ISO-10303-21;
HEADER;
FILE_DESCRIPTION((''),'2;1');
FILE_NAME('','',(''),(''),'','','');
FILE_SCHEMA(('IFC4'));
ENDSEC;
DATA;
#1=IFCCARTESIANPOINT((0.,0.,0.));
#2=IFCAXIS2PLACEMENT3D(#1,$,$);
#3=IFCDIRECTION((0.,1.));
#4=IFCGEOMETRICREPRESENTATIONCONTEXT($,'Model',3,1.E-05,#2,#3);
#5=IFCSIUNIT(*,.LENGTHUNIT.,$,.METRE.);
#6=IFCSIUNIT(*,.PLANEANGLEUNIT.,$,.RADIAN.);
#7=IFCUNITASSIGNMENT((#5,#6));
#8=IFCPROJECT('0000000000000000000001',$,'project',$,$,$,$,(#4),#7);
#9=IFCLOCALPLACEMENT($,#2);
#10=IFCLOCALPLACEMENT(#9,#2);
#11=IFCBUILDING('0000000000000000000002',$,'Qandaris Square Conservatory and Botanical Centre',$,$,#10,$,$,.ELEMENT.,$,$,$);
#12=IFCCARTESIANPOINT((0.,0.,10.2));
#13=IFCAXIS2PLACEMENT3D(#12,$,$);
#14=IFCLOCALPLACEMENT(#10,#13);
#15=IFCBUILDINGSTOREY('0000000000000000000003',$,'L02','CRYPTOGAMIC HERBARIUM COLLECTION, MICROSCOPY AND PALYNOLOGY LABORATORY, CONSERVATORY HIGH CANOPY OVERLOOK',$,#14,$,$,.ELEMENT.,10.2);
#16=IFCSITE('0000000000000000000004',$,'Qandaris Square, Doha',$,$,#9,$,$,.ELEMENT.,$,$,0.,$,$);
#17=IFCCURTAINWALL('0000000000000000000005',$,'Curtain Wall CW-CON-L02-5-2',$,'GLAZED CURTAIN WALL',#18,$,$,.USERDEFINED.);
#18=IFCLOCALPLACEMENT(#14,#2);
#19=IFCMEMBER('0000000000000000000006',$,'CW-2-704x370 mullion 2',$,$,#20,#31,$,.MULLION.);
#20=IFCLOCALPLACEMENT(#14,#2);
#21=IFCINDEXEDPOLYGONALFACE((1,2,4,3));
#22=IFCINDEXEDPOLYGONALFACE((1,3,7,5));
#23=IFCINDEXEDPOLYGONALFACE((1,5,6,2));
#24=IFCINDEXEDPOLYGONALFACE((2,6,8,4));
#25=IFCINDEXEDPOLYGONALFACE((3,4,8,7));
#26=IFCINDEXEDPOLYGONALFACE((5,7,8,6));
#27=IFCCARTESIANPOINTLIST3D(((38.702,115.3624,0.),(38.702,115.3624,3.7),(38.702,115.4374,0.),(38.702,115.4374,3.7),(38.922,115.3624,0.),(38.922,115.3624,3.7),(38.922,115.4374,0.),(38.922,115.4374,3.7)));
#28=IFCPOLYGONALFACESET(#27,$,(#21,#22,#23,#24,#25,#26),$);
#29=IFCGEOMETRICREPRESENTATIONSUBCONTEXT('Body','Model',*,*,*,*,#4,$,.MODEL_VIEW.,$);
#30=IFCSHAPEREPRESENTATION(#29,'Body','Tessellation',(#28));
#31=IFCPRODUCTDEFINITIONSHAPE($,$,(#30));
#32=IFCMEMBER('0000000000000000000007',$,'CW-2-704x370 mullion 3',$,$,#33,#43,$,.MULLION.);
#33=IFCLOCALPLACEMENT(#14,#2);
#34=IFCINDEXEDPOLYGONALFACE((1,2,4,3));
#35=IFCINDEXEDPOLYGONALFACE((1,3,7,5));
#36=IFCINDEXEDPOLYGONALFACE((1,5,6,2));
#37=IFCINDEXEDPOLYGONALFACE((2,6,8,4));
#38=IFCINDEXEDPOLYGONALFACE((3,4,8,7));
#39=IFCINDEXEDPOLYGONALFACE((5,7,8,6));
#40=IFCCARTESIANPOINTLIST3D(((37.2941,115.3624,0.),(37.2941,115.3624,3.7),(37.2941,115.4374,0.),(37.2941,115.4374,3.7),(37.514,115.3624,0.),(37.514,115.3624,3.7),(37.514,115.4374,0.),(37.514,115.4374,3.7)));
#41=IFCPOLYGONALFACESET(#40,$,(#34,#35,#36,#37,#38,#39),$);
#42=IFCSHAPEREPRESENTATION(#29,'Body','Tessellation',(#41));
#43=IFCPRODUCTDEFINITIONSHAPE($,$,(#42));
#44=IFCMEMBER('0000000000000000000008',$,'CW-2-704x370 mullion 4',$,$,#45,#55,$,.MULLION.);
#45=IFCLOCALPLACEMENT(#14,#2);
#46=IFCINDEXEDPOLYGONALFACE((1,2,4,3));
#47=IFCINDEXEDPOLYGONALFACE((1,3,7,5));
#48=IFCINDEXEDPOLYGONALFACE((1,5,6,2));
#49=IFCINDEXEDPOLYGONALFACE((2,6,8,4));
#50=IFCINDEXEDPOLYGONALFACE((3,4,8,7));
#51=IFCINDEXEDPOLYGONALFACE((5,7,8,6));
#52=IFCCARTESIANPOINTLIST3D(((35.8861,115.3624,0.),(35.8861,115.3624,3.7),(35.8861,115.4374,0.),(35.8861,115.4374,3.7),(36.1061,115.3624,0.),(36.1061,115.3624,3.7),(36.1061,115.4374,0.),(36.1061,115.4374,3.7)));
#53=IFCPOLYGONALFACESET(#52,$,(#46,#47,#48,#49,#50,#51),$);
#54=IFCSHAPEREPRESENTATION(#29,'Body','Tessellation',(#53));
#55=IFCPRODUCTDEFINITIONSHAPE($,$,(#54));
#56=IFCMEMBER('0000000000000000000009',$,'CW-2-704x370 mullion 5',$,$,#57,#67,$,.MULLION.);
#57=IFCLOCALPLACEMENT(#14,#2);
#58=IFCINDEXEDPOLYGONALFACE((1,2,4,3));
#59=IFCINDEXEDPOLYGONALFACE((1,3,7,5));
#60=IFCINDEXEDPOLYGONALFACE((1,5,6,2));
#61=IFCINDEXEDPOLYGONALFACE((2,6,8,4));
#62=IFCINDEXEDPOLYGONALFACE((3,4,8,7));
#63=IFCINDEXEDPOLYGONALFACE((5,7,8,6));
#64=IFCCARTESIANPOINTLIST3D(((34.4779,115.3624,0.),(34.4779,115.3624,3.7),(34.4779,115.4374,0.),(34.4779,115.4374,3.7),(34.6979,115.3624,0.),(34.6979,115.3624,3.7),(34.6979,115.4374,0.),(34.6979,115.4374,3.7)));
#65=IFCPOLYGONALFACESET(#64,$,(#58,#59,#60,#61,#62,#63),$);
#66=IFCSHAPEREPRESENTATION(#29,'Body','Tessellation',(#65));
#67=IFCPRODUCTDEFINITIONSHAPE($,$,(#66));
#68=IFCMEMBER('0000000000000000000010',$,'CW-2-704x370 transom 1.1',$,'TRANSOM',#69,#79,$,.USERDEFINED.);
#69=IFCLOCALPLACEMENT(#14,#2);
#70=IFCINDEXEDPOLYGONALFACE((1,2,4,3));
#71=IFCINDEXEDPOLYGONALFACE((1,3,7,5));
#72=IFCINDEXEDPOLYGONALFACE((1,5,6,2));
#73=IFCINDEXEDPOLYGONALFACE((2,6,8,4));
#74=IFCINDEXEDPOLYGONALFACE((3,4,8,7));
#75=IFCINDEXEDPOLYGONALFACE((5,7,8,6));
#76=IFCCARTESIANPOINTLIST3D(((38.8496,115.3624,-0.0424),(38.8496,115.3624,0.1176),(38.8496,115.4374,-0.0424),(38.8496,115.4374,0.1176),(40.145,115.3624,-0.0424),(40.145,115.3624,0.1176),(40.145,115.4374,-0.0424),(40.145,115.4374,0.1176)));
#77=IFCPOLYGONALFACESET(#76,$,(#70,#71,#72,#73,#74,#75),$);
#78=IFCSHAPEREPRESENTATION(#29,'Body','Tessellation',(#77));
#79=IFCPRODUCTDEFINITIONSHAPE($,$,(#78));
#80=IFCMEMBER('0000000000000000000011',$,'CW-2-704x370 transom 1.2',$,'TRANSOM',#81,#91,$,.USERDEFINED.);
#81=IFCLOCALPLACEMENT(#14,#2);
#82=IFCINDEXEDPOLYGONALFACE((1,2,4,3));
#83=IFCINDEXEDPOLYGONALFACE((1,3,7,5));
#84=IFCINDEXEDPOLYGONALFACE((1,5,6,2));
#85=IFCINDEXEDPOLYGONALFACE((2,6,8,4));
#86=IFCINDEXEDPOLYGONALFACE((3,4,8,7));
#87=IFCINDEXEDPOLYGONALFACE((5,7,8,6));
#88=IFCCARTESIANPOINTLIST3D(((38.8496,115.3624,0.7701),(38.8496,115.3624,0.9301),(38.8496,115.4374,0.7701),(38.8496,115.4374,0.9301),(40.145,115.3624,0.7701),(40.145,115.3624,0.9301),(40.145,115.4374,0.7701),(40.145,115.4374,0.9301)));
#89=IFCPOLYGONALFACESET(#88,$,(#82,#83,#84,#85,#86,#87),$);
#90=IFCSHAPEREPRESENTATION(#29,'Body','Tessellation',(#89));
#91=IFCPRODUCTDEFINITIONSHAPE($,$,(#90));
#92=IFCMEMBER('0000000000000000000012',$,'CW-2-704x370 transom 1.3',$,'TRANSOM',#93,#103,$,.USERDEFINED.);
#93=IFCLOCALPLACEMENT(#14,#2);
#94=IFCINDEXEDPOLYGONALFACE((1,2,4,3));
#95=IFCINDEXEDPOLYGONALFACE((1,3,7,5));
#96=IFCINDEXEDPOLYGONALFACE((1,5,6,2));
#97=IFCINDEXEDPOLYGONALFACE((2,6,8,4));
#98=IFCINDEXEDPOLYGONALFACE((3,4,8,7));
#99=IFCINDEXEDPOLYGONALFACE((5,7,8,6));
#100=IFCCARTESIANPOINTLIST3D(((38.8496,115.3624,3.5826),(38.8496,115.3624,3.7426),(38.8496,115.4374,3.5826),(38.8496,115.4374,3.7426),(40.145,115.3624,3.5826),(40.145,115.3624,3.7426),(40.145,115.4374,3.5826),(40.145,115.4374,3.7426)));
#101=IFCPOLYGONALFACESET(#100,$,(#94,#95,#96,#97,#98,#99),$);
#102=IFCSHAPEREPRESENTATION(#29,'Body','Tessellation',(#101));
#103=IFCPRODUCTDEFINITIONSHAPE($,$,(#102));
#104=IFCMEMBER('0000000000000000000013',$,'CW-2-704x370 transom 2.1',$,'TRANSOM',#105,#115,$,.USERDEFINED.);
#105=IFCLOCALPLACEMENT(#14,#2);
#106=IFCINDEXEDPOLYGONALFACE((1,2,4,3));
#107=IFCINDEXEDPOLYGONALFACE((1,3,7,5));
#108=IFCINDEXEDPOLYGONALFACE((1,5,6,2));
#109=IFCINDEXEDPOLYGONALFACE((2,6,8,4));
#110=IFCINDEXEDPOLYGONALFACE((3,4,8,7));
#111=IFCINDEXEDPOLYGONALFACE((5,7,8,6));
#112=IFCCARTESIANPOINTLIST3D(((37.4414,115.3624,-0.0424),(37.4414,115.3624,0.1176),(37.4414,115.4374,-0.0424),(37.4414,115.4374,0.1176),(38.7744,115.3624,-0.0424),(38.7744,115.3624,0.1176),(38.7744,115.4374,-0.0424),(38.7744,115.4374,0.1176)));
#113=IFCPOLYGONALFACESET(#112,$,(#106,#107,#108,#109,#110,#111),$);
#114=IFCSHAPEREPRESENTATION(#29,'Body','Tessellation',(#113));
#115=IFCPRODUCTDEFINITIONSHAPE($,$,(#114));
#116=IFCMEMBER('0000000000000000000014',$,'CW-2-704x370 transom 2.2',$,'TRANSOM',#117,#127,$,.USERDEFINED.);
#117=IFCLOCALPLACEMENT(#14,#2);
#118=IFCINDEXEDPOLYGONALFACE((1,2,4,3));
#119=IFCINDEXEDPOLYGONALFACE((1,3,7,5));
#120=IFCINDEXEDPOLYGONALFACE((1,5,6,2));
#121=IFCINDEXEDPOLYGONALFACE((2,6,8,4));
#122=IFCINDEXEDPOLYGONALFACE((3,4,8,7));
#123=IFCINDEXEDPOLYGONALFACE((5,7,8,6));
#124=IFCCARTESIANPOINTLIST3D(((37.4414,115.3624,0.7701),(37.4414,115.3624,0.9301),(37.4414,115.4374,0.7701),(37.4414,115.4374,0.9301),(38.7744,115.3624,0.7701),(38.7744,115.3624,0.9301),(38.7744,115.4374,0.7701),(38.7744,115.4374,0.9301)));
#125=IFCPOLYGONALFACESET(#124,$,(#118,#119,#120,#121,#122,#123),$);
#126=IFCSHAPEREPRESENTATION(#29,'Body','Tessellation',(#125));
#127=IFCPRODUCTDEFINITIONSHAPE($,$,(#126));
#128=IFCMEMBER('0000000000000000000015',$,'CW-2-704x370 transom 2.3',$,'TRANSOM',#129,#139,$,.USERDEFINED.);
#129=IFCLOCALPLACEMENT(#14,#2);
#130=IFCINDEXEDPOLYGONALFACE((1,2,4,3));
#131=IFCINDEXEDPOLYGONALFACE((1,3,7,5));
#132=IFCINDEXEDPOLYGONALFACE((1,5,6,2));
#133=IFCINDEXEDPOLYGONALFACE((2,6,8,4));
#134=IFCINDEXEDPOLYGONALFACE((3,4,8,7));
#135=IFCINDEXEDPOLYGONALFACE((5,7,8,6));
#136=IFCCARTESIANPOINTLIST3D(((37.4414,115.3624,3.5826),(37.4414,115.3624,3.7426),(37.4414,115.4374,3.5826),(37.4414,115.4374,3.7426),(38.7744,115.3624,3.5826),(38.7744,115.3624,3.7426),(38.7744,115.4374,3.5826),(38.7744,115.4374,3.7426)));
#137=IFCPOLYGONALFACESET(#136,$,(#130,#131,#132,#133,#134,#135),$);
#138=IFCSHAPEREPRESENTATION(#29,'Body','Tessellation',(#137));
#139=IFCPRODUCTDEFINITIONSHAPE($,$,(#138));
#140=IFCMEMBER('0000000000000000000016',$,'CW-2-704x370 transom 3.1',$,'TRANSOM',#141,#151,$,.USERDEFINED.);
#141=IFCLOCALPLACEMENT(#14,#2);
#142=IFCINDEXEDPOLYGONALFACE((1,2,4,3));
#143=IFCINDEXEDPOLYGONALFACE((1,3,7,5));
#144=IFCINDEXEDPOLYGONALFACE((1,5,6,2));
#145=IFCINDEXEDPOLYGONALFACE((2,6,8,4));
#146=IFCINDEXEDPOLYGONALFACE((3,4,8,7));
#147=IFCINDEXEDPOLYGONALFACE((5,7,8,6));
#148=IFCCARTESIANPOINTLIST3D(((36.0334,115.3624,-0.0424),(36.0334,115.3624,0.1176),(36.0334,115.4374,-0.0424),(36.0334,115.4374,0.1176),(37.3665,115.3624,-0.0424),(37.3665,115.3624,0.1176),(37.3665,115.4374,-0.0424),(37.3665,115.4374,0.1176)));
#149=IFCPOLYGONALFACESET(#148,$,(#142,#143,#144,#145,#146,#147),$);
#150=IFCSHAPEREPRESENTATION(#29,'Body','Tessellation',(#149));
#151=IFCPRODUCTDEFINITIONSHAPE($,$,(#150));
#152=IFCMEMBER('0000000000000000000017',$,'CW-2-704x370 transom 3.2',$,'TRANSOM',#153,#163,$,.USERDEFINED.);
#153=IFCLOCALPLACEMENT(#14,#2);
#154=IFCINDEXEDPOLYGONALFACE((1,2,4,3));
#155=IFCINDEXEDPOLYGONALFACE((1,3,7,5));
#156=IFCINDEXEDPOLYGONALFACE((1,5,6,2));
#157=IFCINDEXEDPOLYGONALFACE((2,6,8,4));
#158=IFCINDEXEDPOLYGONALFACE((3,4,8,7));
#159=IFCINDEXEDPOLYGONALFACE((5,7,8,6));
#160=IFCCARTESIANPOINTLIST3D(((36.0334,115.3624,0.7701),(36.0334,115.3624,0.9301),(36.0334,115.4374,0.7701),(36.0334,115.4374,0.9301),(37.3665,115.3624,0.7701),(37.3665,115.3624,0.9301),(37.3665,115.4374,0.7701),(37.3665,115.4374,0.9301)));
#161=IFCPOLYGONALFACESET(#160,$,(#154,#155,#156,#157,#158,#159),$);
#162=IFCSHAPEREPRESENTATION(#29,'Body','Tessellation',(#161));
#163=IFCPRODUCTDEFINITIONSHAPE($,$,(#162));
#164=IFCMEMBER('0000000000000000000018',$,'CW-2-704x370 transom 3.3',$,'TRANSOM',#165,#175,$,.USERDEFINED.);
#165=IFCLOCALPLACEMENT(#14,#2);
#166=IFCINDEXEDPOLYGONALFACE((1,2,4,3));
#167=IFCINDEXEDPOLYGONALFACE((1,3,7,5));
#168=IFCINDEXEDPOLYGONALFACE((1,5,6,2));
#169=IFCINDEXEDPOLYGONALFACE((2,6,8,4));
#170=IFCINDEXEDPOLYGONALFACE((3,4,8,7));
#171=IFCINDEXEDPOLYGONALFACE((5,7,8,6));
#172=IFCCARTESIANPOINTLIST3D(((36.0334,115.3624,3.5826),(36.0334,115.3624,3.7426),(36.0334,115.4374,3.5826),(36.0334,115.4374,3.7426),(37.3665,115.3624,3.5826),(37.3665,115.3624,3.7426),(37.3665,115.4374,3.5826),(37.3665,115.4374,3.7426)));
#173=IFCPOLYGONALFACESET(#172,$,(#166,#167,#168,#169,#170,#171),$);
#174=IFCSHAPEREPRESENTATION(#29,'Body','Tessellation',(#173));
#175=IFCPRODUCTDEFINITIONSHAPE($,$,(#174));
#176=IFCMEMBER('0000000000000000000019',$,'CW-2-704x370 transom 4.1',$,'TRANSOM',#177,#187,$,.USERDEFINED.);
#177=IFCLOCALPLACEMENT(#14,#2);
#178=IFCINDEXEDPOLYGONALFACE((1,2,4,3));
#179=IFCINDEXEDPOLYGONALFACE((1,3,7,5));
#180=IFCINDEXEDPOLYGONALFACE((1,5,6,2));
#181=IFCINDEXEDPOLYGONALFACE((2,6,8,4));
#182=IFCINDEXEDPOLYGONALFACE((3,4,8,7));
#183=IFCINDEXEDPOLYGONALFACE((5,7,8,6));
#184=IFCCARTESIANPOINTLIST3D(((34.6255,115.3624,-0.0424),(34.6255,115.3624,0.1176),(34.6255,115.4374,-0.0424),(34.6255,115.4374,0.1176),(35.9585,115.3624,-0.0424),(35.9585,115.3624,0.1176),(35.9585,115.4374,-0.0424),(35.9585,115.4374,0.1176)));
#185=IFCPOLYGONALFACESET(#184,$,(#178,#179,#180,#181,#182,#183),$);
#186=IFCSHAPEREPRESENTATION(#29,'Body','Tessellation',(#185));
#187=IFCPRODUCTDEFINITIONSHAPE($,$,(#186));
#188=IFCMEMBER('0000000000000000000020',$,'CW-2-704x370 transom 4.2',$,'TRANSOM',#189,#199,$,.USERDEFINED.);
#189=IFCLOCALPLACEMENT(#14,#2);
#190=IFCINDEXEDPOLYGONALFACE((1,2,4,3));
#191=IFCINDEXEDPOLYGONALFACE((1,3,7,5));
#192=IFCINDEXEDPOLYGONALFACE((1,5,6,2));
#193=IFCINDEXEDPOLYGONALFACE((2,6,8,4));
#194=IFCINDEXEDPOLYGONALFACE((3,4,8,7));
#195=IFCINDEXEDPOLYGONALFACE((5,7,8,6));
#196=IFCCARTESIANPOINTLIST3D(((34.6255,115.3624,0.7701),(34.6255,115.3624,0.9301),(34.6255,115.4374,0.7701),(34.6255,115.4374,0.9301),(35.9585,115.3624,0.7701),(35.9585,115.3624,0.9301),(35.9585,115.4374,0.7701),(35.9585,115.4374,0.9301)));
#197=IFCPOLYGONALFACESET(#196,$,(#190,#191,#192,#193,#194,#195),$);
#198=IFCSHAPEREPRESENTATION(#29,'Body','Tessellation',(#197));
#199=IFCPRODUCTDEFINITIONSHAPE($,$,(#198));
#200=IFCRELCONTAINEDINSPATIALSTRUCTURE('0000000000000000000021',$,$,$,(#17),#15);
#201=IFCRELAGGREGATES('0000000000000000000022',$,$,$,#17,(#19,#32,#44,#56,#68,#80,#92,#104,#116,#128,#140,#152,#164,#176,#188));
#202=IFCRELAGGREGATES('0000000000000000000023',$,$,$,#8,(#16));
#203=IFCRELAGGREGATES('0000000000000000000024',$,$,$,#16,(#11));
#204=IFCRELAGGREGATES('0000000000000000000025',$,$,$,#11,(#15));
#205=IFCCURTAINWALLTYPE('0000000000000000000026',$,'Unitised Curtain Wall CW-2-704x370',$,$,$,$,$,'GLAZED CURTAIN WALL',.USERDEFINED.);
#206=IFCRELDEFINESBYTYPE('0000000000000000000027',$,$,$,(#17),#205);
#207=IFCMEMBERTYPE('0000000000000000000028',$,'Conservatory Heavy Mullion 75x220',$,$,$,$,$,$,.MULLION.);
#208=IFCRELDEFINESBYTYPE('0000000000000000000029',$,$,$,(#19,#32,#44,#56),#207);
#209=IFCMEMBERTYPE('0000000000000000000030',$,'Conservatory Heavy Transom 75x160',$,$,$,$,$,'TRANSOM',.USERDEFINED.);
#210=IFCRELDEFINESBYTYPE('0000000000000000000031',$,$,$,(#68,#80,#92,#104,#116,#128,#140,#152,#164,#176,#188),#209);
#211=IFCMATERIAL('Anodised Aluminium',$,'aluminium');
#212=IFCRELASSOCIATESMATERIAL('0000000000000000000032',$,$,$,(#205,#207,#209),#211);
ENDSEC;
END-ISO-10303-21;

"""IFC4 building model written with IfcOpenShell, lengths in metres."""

from ifc_helpers import new_model, si_unit, direction, frame, origin, origin_2d, place, context, subcontext, project, spatial, rectangle, extrude, material, material_profile, profile_set, type_object, element, aggregate, save


model = new_model("IFC4")

# Units and contexts
model_context = context("Model", 3, precision=1e-05, world=origin(), true_north=direction((0.0, 1.0)))
body_context = subcontext(model_context, "Body", "Model", "MODEL_VIEW")
ifc_project = project(units=[si_unit("LENGTHUNIT", "METRE"), si_unit("PLANEANGLEUNIT", "RADIAN")], contexts=[model_context])

# Site, building, storey
site_placement = place(None, origin())
site = spatial("IfcSite", under=ifc_project, at=site_placement, Name="Qandaris Square, Doha", CompositionType="ELEMENT", RefElevation=0.0)
building_placement = place(site_placement, origin())
building = spatial("IfcBuilding", under=site, at=building_placement, Name="Qandaris Square Conservatory and Botanical Centre", CompositionType="ELEMENT")
storey_placement = place(building_placement, frame((0.0, 0.0, 10.2)))
storey = spatial("IfcBuildingStorey", under=building, at=storey_placement, Name="L02", Description="CRYPTOGAMIC HERBARIUM COLLECTION, MICROSCOPY AND PALYNOLOGY LABORATORY, CONSERVATORY HIGH CANOPY OVERLOOK", CompositionType="ELEMENT", Elevation=10.2)

# Curtain wall, members
ifc_material_1 = material(Name="Anodised Aluminium", Category="aluminium")
curtain_wall_type = type_object("IfcCurtainWallType", Name="Unitised Curtain Wall CW-2-704x370", ElementType="GLAZED CURTAIN WALL", PredefinedType="USERDEFINED", material=ifc_material_1)
curtain_wall_placement = place(storey_placement, origin())
curtain_wall = element("IfcCurtainWall", 1, at=curtain_wall_placement, inside=storey, type_object=curtain_wall_type, Name="Curtain Wall CW-CON-L02-5-2", ObjectType="GLAZED CURTAIN WALL", PredefinedType="USERDEFINED")
ifc_material_profile_1 = material_profile(ifc_material_1, rectangle(XDim=0.075, YDim=0.22, at=origin_2d()), Name="ALU-MUL 75x220")
ifc_profile_set_1 = profile_set([ifc_material_profile_1], Name="Anodised Aluminium")
member_type_1 = type_object("IfcMemberType", Name="Conservatory Heavy Mullion 75x220", PredefinedType="MULLION", material=ifc_profile_set_1)
member_1_placement = place(storey_placement, frame((38.812, 115.3999, 0.0), z_axis=(0.0, 0.0, 1.0), x_axis=(0.0, -1.0, 0.0)))
member_1 = element("IfcMember", 2, at=member_1_placement, type_object=member_type_1, Name="CW-2-704x370 mullion 2", PredefinedType="MULLION", context=body_context, shape_type="SweptSolid", body=[
    extrude(rectangle(XDim=0.075, YDim=0.22, at=origin_2d()), origin(), (0.0, 0.0, 1.0), 3.7),
])
member_2_placement = place(storey_placement, frame((37.4041, 115.3999, 0.0), z_axis=(0.0, 0.0, 1.0), x_axis=(0.0, -1.0, 0.0)))
member_2 = element("IfcMember", 3, at=member_2_placement, type_object=member_type_1, Name="CW-2-704x370 mullion 3", PredefinedType="MULLION", context=body_context, shape_type="SweptSolid", body=[
    extrude(rectangle(XDim=0.075, YDim=0.22, at=origin_2d()), origin(), (0.0, 0.0, 1.0), 3.7),
])
member_3_placement = place(storey_placement, frame((35.9961, 115.3999, 0.0), z_axis=(0.0, 0.0, 1.0), x_axis=(0.0, -1.0, 0.0)))
member_3 = element("IfcMember", 4, at=member_3_placement, type_object=member_type_1, Name="CW-2-704x370 mullion 4", PredefinedType="MULLION", context=body_context, shape_type="SweptSolid", body=[
    extrude(rectangle(XDim=0.075, YDim=0.22, at=origin_2d()), origin(), (0.0, 0.0, 1.0), 3.7),
])
member_4_placement = place(storey_placement, frame((34.5879, 115.3999, 0.0), z_axis=(0.0, 0.0, 1.0), x_axis=(0.0, -1.0, 0.0)))
member_4 = element("IfcMember", 5, at=member_4_placement, type_object=member_type_1, Name="CW-2-704x370 mullion 5", PredefinedType="MULLION", context=body_context, shape_type="SweptSolid", body=[
    extrude(rectangle(XDim=0.075, YDim=0.22, at=origin_2d()), origin(), (0.0, 0.0, 1.0), 3.7),
])
ifc_material_profile_2 = material_profile(ifc_material_1, rectangle(XDim=0.075, YDim=0.1599, at=origin_2d()), Name="ALU-TRN 75x160")
ifc_profile_set_2 = profile_set([ifc_material_profile_2], Name="Anodised Aluminium")
member_type_2 = type_object("IfcMemberType", Name="Conservatory Heavy Transom 75x160", ElementType="TRANSOM", PredefinedType="USERDEFINED", material=ifc_profile_set_2)
member_5_placement = place(storey_placement, frame((40.145, 115.3999, 0.0376), z_axis=(-1.0, 0.0, 0.0), x_axis=(0.0, -1.0, 0.0)))
member_5 = element("IfcMember", 6, at=member_5_placement, type_object=member_type_2, Name="CW-2-704x370 transom 1.1", ObjectType="TRANSOM", PredefinedType="USERDEFINED", context=body_context, shape_type="SweptSolid", body=[
    extrude(rectangle(XDim=0.075, YDim=0.1599, at=origin_2d()), origin(), (0.0, 0.0, 1.0), 1.2954),
])
member_6_placement = place(storey_placement, frame((40.145, 115.3999, 0.8501), z_axis=(-1.0, 0.0, 0.0), x_axis=(0.0, -1.0, 0.0)))
member_6 = element("IfcMember", 7, at=member_6_placement, type_object=member_type_2, Name="CW-2-704x370 transom 1.2", ObjectType="TRANSOM", PredefinedType="USERDEFINED", context=body_context, shape_type="SweptSolid", body=[
    extrude(rectangle(XDim=0.075, YDim=0.1599, at=origin_2d()), origin(), (0.0, 0.0, 1.0), 1.2954),
])
member_7_placement = place(storey_placement, frame((40.145, 115.3999, 3.6626), z_axis=(-1.0, 0.0, 0.0), x_axis=(0.0, -1.0, 0.0)))
member_7 = element("IfcMember", 8, at=member_7_placement, type_object=member_type_2, Name="CW-2-704x370 transom 1.3", ObjectType="TRANSOM", PredefinedType="USERDEFINED", context=body_context, shape_type="SweptSolid", body=[
    extrude(rectangle(XDim=0.075, YDim=0.1599, at=origin_2d()), origin(), (0.0, 0.0, 1.0), 1.2954),
])
member_8_placement = place(storey_placement, frame((38.7744, 115.3999, 0.0376), z_axis=(-1.0, 0.0, 0.0), x_axis=(0.0, -1.0, 0.0)))
member_8 = element("IfcMember", 9, at=member_8_placement, type_object=member_type_2, Name="CW-2-704x370 transom 2.1", ObjectType="TRANSOM", PredefinedType="USERDEFINED", context=body_context, shape_type="SweptSolid", body=[
    extrude(rectangle(XDim=0.075, YDim=0.1599, at=origin_2d()), origin(), (0.0, 0.0, 1.0), 1.333),
])
member_9_placement = place(storey_placement, frame((38.7744, 115.3999, 0.8501), z_axis=(-1.0, 0.0, 0.0), x_axis=(0.0, -1.0, 0.0)))
member_9 = element("IfcMember", 10, at=member_9_placement, type_object=member_type_2, Name="CW-2-704x370 transom 2.2", ObjectType="TRANSOM", PredefinedType="USERDEFINED", context=body_context, shape_type="SweptSolid", body=[
    extrude(rectangle(XDim=0.075, YDim=0.1599, at=origin_2d()), origin(), (0.0, 0.0, 1.0), 1.333),
])
member_10_placement = place(storey_placement, frame((38.7744, 115.3999, 3.6626), z_axis=(-1.0, 0.0, 0.0), x_axis=(0.0, -1.0, 0.0)))
member_10 = element("IfcMember", 11, at=member_10_placement, type_object=member_type_2, Name="CW-2-704x370 transom 2.3", ObjectType="TRANSOM", PredefinedType="USERDEFINED", context=body_context, shape_type="SweptSolid", body=[
    extrude(rectangle(XDim=0.075, YDim=0.1599, at=origin_2d()), origin(), (0.0, 0.0, 1.0), 1.333),
])
member_11_placement = place(storey_placement, frame((37.3665, 115.3999, 0.0376), z_axis=(-1.0, 0.0, 0.0), x_axis=(0.0, -1.0, 0.0)))
member_11 = element("IfcMember", 12, at=member_11_placement, type_object=member_type_2, Name="CW-2-704x370 transom 3.1", ObjectType="TRANSOM", PredefinedType="USERDEFINED", context=body_context, shape_type="SweptSolid", body=[
    extrude(rectangle(XDim=0.075, YDim=0.1599, at=origin_2d()), origin(), (0.0, 0.0, 1.0), 1.333),
])
member_12_placement = place(storey_placement, frame((37.3665, 115.3999, 0.8501), z_axis=(-1.0, 0.0, 0.0), x_axis=(0.0, -1.0, 0.0)))
member_12 = element("IfcMember", 13, at=member_12_placement, type_object=member_type_2, Name="CW-2-704x370 transom 3.2", ObjectType="TRANSOM", PredefinedType="USERDEFINED", context=body_context, shape_type="SweptSolid", body=[
    extrude(rectangle(XDim=0.075, YDim=0.1599, at=origin_2d()), origin(), (0.0, 0.0, 1.0), 1.333),
])
member_13_placement = place(storey_placement, frame((37.3665, 115.3999, 3.6626), z_axis=(-1.0, 0.0, 0.0), x_axis=(0.0, -1.0, 0.0)))
member_13 = element("IfcMember", 14, at=member_13_placement, type_object=member_type_2, Name="CW-2-704x370 transom 3.3", ObjectType="TRANSOM", PredefinedType="USERDEFINED", context=body_context, shape_type="SweptSolid", body=[
    extrude(rectangle(XDim=0.075, YDim=0.1599, at=origin_2d()), origin(), (0.0, 0.0, 1.0), 1.333),
])
member_14_placement = place(storey_placement, frame((35.9585, 115.3999, 0.0376), z_axis=(-1.0, 0.0, 0.0), x_axis=(0.0, -1.0, 0.0)))
member_14 = element("IfcMember", 15, at=member_14_placement, type_object=member_type_2, Name="CW-2-704x370 transom 4.1", ObjectType="TRANSOM", PredefinedType="USERDEFINED", context=body_context, shape_type="SweptSolid", body=[
    extrude(rectangle(XDim=0.075, YDim=0.1599, at=origin_2d()), origin(), (0.0, 0.0, 1.0), 1.333),
])
member_15_placement = place(storey_placement, frame((35.9585, 115.3999, 0.8501), z_axis=(-1.0, 0.0, 0.0), x_axis=(0.0, -1.0, 0.0)))
member_15 = element("IfcMember", 16, at=member_15_placement, type_object=member_type_2, Name="CW-2-704x370 transom 4.2", ObjectType="TRANSOM", PredefinedType="USERDEFINED", context=body_context, shape_type="SweptSolid", body=[
    extrude(rectangle(XDim=0.075, YDim=0.1599, at=origin_2d()), origin(), (0.0, 0.0, 1.0), 1.333),
])
aggregate(curtain_wall, [member_1, member_2, member_3, member_4, member_5, member_6, member_7, member_8, member_9, member_10, member_11, member_12, member_13, member_14, member_15])

save(model, "model.ifc")
